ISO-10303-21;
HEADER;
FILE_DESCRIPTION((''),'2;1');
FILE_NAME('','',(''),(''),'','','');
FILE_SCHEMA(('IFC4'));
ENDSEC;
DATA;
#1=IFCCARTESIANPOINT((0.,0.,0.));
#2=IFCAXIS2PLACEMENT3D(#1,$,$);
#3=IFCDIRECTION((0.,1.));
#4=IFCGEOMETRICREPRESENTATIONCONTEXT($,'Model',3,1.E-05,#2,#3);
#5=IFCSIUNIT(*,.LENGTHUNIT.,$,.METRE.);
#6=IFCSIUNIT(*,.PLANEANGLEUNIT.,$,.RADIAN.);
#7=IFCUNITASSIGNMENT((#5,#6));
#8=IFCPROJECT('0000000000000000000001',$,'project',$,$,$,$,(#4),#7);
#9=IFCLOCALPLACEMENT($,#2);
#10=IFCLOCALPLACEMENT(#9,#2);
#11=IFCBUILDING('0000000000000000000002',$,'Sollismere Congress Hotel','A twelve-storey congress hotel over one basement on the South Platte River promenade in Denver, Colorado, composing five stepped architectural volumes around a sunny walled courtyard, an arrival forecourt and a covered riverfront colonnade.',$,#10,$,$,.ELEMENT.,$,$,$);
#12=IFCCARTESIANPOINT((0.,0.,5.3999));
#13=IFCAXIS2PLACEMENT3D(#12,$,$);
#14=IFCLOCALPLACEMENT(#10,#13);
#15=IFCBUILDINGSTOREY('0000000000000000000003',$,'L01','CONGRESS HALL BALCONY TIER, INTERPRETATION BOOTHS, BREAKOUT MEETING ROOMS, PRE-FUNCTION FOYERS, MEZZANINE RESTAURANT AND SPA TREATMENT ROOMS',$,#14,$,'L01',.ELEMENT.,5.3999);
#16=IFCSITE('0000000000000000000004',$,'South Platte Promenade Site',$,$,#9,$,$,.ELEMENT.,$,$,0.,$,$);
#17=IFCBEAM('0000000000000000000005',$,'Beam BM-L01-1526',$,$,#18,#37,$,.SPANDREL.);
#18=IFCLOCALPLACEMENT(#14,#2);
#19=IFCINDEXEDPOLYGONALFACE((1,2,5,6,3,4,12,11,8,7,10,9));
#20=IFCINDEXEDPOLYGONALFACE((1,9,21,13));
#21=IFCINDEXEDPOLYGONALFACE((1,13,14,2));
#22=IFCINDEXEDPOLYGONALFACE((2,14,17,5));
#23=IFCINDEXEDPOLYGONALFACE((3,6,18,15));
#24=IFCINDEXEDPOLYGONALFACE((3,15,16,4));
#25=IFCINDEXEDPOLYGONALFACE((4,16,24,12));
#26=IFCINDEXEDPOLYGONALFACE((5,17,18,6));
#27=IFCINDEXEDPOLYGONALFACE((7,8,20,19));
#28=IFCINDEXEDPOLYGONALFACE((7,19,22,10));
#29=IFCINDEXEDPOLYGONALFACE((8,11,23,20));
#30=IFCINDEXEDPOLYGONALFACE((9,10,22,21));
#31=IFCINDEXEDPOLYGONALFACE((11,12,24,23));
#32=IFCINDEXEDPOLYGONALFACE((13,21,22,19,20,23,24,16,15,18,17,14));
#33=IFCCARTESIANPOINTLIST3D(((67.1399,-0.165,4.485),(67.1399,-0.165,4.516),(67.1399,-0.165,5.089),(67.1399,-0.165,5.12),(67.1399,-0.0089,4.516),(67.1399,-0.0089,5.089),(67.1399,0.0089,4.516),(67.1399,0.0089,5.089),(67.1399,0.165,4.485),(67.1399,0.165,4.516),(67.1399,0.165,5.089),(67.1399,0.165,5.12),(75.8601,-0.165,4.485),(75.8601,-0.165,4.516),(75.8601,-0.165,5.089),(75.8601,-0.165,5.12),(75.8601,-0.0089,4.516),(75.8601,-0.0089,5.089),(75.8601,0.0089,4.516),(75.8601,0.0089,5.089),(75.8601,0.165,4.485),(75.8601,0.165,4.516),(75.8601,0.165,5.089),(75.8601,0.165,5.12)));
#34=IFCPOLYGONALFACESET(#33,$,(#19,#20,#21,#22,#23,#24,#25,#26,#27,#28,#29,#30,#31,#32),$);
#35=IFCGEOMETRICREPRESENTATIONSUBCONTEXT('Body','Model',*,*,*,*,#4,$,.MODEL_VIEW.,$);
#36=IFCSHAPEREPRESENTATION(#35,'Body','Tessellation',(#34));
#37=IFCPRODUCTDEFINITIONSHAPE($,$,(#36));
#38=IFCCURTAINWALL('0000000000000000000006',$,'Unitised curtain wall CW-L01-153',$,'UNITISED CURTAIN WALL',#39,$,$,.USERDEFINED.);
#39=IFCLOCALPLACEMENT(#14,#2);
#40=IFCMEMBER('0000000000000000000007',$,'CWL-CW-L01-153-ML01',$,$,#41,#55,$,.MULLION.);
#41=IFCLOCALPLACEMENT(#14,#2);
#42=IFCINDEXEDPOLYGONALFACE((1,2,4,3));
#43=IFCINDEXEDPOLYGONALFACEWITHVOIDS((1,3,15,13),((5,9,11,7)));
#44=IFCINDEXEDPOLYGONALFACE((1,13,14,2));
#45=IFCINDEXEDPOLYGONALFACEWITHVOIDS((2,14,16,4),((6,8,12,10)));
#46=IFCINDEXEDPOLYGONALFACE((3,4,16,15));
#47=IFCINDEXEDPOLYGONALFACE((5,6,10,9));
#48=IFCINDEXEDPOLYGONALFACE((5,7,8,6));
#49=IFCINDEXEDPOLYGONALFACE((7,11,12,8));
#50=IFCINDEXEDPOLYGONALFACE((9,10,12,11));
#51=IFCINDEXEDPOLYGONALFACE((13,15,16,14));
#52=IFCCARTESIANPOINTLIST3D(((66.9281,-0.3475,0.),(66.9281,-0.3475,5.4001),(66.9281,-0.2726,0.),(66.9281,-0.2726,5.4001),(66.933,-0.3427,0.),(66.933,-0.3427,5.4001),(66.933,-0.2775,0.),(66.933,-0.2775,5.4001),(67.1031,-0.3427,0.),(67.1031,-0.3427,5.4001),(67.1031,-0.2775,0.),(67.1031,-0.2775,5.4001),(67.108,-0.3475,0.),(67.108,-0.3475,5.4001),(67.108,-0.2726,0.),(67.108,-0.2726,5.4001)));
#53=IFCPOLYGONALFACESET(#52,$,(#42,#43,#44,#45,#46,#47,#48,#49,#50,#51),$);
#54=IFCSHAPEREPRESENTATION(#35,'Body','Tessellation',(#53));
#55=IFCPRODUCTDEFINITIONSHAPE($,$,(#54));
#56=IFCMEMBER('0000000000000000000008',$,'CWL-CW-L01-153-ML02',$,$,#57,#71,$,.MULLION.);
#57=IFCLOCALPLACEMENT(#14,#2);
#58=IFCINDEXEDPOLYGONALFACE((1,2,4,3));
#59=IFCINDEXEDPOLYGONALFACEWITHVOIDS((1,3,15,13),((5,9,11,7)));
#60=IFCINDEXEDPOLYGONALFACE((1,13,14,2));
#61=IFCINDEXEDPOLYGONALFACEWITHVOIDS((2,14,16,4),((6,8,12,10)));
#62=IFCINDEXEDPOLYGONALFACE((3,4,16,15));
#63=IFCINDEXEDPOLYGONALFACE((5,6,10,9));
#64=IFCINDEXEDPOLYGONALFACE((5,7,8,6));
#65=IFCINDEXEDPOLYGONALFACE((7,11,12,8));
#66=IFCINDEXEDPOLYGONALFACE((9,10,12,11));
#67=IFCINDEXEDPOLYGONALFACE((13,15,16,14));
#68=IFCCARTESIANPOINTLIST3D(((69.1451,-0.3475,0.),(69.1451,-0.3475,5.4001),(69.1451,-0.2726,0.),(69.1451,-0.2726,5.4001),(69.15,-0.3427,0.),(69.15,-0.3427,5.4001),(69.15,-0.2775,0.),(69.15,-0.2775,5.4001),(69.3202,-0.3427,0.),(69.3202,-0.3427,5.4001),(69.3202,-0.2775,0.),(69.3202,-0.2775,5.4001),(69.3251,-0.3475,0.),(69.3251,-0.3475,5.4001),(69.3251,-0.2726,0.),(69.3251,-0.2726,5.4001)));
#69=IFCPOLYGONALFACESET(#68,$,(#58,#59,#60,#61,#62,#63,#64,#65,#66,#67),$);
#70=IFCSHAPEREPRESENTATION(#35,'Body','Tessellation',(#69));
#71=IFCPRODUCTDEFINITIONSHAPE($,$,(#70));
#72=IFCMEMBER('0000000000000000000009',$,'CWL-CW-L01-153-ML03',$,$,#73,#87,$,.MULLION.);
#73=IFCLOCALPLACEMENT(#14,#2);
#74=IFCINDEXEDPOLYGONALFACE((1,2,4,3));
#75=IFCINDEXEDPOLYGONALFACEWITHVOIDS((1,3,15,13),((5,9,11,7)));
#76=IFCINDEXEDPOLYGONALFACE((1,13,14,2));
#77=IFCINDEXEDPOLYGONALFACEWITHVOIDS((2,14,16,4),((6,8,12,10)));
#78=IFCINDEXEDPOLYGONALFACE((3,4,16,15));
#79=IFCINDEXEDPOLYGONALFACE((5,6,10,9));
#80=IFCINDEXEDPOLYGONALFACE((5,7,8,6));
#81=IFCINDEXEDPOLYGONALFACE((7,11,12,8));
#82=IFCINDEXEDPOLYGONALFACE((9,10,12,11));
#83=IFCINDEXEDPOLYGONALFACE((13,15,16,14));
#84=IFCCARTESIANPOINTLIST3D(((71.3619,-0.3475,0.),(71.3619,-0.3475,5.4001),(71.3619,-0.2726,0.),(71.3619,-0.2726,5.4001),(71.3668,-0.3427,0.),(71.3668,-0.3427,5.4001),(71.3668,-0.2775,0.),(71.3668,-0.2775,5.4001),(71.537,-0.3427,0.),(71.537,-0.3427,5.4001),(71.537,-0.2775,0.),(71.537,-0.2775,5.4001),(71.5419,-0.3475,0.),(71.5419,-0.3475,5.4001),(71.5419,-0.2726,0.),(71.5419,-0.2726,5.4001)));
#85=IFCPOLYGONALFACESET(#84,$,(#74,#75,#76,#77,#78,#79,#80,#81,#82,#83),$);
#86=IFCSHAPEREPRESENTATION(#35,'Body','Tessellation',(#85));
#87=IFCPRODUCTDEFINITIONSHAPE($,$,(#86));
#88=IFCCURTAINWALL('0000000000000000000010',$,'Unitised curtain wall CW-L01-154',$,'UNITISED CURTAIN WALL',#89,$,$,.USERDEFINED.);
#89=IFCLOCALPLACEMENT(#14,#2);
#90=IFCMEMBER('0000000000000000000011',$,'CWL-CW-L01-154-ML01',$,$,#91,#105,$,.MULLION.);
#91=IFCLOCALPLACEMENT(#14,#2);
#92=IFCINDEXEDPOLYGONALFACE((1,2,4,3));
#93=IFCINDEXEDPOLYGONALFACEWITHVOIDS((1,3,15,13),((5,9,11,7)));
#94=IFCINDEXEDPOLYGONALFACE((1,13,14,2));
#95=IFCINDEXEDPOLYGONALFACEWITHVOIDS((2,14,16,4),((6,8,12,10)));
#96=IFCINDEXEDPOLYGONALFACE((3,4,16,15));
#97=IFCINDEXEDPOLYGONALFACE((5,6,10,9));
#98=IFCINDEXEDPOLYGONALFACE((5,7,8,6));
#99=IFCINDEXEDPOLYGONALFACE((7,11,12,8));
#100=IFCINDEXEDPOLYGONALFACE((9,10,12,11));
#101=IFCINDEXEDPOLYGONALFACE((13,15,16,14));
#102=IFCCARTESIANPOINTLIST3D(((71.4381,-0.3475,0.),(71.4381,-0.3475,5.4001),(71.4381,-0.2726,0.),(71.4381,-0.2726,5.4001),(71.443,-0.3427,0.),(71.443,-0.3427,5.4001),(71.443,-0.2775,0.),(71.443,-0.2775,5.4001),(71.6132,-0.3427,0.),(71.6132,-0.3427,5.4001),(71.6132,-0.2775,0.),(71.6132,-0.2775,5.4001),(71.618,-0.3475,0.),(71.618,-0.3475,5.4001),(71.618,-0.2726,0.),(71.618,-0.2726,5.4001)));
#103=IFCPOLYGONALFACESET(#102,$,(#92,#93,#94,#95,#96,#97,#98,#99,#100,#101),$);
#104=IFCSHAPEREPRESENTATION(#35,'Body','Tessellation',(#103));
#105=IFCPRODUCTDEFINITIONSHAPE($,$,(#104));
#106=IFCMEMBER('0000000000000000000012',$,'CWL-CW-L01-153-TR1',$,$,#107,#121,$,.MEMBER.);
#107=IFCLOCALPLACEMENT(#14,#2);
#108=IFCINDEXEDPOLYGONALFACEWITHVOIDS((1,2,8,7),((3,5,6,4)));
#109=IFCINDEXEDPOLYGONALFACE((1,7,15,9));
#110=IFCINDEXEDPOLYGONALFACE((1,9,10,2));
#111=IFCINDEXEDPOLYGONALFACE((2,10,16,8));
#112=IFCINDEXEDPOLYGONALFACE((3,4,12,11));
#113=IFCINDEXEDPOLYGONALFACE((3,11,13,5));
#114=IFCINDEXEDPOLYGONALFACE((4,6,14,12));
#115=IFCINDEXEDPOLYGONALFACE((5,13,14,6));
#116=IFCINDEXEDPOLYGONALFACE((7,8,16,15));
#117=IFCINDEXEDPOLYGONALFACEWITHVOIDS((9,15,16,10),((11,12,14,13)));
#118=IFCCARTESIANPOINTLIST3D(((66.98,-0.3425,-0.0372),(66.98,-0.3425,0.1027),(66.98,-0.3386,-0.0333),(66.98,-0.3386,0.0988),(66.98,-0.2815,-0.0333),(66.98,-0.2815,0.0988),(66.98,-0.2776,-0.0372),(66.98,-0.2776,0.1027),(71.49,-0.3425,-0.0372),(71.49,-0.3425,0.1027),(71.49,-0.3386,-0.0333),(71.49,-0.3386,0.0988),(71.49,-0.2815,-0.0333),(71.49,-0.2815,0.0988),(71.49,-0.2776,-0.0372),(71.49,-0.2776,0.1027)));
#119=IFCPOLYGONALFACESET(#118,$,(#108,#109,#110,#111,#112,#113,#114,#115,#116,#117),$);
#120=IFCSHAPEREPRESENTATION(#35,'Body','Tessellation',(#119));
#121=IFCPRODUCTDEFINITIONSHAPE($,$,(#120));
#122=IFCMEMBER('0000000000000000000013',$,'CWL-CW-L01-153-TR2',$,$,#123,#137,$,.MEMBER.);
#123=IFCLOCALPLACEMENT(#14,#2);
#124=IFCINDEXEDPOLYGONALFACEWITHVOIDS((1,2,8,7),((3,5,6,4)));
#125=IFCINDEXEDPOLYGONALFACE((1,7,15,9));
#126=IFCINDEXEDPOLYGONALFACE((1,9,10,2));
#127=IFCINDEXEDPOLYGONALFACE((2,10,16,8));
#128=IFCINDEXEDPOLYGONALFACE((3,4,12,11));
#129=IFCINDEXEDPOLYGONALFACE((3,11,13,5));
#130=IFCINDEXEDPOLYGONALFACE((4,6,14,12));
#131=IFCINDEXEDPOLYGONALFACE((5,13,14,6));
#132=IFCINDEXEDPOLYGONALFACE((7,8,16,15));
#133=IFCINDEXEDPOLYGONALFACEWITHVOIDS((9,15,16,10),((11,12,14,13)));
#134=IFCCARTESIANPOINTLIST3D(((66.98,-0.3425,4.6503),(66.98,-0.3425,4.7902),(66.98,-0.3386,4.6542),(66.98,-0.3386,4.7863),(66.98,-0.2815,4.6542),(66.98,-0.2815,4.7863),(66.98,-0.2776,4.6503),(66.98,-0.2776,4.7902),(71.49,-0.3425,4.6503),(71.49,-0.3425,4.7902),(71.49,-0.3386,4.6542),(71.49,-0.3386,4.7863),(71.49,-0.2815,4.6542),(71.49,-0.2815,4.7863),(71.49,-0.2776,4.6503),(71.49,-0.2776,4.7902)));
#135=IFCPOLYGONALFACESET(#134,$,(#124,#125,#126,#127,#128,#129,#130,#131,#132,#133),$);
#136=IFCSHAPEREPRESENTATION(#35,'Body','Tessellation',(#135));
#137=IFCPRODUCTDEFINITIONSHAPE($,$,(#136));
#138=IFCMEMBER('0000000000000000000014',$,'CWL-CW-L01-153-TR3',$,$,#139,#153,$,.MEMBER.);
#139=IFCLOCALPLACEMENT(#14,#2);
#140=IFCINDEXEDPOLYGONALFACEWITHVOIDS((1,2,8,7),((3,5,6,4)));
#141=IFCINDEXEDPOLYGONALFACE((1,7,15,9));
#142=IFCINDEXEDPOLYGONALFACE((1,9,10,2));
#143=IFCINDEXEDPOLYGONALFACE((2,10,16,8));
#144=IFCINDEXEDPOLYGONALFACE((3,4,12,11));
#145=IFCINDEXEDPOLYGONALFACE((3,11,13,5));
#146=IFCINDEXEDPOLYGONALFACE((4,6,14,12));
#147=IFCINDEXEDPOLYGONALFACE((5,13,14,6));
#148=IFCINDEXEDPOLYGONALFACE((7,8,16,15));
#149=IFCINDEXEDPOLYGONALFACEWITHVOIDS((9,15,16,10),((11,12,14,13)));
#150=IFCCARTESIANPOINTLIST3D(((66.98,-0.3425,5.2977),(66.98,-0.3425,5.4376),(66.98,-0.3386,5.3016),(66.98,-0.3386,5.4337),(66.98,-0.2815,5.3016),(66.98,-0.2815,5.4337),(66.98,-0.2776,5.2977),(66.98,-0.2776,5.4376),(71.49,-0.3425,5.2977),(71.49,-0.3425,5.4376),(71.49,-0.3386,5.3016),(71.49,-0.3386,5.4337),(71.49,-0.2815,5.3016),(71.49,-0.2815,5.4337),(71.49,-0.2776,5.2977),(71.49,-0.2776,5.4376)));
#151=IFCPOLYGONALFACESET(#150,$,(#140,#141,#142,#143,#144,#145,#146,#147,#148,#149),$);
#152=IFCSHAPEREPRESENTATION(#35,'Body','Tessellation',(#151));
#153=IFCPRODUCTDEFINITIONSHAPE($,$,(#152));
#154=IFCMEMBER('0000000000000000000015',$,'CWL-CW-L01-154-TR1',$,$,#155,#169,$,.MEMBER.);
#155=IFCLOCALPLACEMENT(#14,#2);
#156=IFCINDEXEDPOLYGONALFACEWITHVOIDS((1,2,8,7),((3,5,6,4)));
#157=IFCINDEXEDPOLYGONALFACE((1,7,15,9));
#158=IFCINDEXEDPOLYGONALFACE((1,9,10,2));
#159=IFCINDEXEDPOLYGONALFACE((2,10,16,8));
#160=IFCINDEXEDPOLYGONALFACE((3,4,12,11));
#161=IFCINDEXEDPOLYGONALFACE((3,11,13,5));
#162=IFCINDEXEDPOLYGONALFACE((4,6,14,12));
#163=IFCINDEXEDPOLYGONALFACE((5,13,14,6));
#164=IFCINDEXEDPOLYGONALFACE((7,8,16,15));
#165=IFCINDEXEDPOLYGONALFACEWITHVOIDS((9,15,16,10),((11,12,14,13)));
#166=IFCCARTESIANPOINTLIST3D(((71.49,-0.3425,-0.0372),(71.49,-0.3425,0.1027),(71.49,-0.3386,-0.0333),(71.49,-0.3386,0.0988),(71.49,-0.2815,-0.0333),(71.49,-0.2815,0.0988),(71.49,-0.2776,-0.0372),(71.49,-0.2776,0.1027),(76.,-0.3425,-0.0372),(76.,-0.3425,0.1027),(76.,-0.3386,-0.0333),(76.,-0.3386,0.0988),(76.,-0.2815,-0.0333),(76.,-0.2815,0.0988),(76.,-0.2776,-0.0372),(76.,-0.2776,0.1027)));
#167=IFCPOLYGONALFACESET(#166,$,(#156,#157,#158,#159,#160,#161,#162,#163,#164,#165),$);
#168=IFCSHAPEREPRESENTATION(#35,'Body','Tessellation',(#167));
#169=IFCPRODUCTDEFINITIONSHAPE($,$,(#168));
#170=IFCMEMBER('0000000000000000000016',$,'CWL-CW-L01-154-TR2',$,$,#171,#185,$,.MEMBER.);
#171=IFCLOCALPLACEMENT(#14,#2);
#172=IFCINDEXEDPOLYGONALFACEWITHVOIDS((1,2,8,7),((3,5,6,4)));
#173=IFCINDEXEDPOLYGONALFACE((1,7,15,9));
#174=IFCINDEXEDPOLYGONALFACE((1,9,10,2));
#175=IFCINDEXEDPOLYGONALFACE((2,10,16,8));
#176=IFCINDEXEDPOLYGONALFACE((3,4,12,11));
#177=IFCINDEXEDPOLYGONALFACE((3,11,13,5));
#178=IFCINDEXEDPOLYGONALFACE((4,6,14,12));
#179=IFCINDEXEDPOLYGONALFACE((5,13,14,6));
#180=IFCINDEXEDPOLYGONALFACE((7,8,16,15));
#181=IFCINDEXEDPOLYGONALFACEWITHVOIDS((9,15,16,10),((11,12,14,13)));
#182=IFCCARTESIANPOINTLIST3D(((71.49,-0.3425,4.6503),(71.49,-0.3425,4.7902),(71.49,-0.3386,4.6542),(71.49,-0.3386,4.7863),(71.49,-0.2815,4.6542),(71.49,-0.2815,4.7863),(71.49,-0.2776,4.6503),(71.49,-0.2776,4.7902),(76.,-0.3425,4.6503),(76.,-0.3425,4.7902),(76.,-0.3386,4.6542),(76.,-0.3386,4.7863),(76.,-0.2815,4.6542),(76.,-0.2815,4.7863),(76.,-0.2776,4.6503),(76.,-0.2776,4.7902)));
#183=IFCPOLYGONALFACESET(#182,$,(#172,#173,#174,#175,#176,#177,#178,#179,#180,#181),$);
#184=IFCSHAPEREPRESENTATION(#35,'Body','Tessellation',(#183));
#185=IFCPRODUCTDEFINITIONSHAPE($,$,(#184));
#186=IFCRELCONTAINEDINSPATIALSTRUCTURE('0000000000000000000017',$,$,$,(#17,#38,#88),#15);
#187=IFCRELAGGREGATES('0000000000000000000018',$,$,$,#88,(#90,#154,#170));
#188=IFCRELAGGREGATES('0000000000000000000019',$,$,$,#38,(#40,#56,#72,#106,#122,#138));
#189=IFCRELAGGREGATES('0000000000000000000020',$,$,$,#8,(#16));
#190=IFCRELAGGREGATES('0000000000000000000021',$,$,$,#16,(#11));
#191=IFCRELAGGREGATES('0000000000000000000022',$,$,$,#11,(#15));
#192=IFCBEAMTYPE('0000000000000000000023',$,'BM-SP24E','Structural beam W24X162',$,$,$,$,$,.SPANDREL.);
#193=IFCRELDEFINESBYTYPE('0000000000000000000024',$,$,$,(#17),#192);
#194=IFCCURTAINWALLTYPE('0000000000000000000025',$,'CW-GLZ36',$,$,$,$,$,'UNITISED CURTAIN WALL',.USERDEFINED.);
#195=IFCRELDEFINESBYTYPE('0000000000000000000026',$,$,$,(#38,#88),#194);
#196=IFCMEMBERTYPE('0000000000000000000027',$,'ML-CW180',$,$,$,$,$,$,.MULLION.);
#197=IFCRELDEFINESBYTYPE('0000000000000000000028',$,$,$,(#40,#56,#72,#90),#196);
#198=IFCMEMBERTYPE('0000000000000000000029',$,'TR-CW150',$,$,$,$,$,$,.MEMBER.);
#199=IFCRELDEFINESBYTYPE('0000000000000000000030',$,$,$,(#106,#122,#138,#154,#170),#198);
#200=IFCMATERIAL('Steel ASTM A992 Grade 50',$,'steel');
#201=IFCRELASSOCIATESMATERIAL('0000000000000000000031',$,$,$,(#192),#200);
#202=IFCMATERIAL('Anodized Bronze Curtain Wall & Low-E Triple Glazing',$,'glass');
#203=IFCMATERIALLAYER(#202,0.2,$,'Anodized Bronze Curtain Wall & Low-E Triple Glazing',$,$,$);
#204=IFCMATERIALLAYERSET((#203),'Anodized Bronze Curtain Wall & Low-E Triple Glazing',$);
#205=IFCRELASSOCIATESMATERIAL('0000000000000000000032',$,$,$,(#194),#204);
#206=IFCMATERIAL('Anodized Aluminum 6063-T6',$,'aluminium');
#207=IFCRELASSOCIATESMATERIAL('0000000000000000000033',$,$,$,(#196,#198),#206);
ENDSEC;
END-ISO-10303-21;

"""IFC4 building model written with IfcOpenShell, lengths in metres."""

from ifc_helpers import new_model, si_unit, direction, frame, origin, origin_2d, place, context, subcontext, project, spatial, hollow_rectangle, i_section, extrude, material, layer, layer_set, material_profile, profile_set, type_object, element, aggregate, save


model = new_model("IFC4")

# Units and contexts
model_context = context("Model", 3, precision=1e-05, world=origin(), true_north=direction((0.0, 1.0)))
body_context = subcontext(model_context, "Body", "Model", "MODEL_VIEW")
ifc_project = project(units=[si_unit("LENGTHUNIT", "METRE"), si_unit("PLANEANGLEUNIT", "RADIAN")], contexts=[model_context])

# Site, building, storey
site_placement = place(None, origin())
site = spatial("IfcSite", under=ifc_project, at=site_placement, Name="South Platte Promenade Site", CompositionType="ELEMENT", RefElevation=0.0)
building_placement = place(site_placement, origin())
building = spatial("IfcBuilding", under=site, at=building_placement, Name="Sollismere Congress Hotel", Description="A twelve-storey congress hotel over one basement on the South Platte River promenade in Denver, Colorado, composing five stepped architectural volumes around a sunny walled courtyard, an arrival forecourt and a covered riverfront colonnade.", CompositionType="ELEMENT")
storey_placement = place(building_placement, frame((0.0, 0.0, 5.3999)))
storey = spatial("IfcBuildingStorey", under=building, at=storey_placement, Name="L01", Description="CONGRESS HALL BALCONY TIER, INTERPRETATION BOOTHS, BREAKOUT MEETING ROOMS, PRE-FUNCTION FOYERS, MEZZANINE RESTAURANT AND SPA TREATMENT ROOMS", LongName="L01", CompositionType="ELEMENT", Elevation=5.3999)

# Shared definitions
ifc_material_1 = material(Name="Steel ASTM A992 Grade 50", Category="steel")

# Beam
ifc_material_profile_1 = material_profile(ifc_material_1, i_section(OverallWidth=0.3301, OverallDepth=0.635, WebThickness=0.0178, FlangeThickness=0.031, at=origin_2d()), Name="W24X162")
ifc_profile_set_1 = profile_set([ifc_material_profile_1], Name="Steel ASTM A992 Grade 50")
beam_type_1 = type_object("IfcBeamType", Name="BM-SP24E", Description="Structural beam W24X162", PredefinedType="SPANDREL", material=ifc_profile_set_1)
beam_1_placement = place(storey_placement, frame((67.1399, 0.0, 4.8025), z_axis=(1.0, 0.0, 0.0), x_axis=(0.0, 1.0, 0.0)))
element("IfcBeam", 1, at=beam_1_placement, inside=storey, type_object=beam_type_1, Name="Beam BM-L01-1526", PredefinedType="SPANDREL", context=body_context, shape_type="SweptSolid", body=[
    extrude(i_section(OverallWidth=0.3301, OverallDepth=0.635, WebThickness=0.0178, FlangeThickness=0.031, at=origin_2d()), origin(), (0.0, 0.0, 1.0), 8.7202),
])

# Curtain wall, members
ifc_material_2 = material(Name="Anodized Bronze Curtain Wall & Low-E Triple Glazing", Category="glass")
ifc_layer_1 = layer(ifc_material_2, 0.2, Name="Anodized Bronze Curtain Wall & Low-E Triple Glazing")
ifc_layer_set_1 = layer_set([ifc_layer_1], Name="Anodized Bronze Curtain Wall & Low-E Triple Glazing")
curtain_wall_type = type_object("IfcCurtainWallType", Name="CW-GLZ36", ElementType="UNITISED CURTAIN WALL", PredefinedType="USERDEFINED", material=ifc_layer_set_1)
curtain_wall_1_placement = place(storey_placement, origin())
curtain_wall_1 = element("IfcCurtainWall", 2, at=curtain_wall_1_placement, inside=storey, type_object=curtain_wall_type, Name="Unitised curtain wall CW-L01-153", ObjectType="UNITISED CURTAIN WALL", PredefinedType="USERDEFINED")
ifc_material_3 = material(Name="Anodized Aluminum 6063-T6", Category="aluminium")
ifc_material_profile_2 = material_profile(ifc_material_3, hollow_rectangle(XDim=0.075, YDim=0.1799, WallThickness=0.0049, at=origin_2d()), Name="ALU180X75X5")
ifc_profile_set_2 = profile_set([ifc_material_profile_2], Name="Anodized Aluminum 6063-T6")
member_type_1 = type_object("IfcMemberType", Name="ML-CW180", PredefinedType="MULLION", material=ifc_profile_set_2)
member_1_placement = place(storey_placement, frame((67.0181, -0.3101, 0.0), z_axis=(0.0, 0.0, 1.0), x_axis=(0.0, 1.0, 0.0)))
member_1 = element("IfcMember", 3, at=member_1_placement, type_object=member_type_1, Name="CWL-CW-L01-153-ML01", PredefinedType="MULLION", context=body_context, shape_type="SweptSolid", body=[
    extrude(hollow_rectangle(XDim=0.075, YDim=0.1799, WallThickness=0.0049, at=origin_2d()), origin(), (0.0, 0.0, 1.0), 5.4001),
])
member_2_placement = place(storey_placement, frame((69.2351, -0.3101, 0.0), z_axis=(0.0, 0.0, 1.0), x_axis=(0.0, 1.0, 0.0)))
member_2 = element("IfcMember", 4, at=member_2_placement, type_object=member_type_1, Name="CWL-CW-L01-153-ML02", PredefinedType="MULLION", context=body_context, shape_type="SweptSolid", body=[
    extrude(hollow_rectangle(XDim=0.075, YDim=0.1799, WallThickness=0.0049, at=origin_2d()), origin(), (0.0, 0.0, 1.0), 5.4001),
])
member_3_placement = place(storey_placement, frame((71.4519, -0.3101, 0.0), z_axis=(0.0, 0.0, 1.0), x_axis=(0.0, 1.0, 0.0)))
member_3 = element("IfcMember", 5, at=member_3_placement, type_object=member_type_1, Name="CWL-CW-L01-153-ML03", PredefinedType="MULLION", context=body_context, shape_type="SweptSolid", body=[
    extrude(hollow_rectangle(XDim=0.075, YDim=0.1799, WallThickness=0.0049, at=origin_2d()), origin(), (0.0, 0.0, 1.0), 5.4001),
])

# Curtain wall, member
curtain_wall_2_placement = place(storey_placement, origin())
curtain_wall_2 = element("IfcCurtainWall", 6, at=curtain_wall_2_placement, inside=storey, type_object=curtain_wall_type, Name="Unitised curtain wall CW-L01-154", ObjectType="UNITISED CURTAIN WALL", PredefinedType="USERDEFINED")
member_4_placement = place(storey_placement, frame((71.5281, -0.3101, 0.0), z_axis=(0.0, 0.0, 1.0), x_axis=(0.0, 1.0, 0.0)))
member_4 = element("IfcMember", 7, at=member_4_placement, type_object=member_type_1, Name="CWL-CW-L01-154-ML01", PredefinedType="MULLION", context=body_context, shape_type="SweptSolid", body=[
    extrude(hollow_rectangle(XDim=0.075, YDim=0.1799, WallThickness=0.0049, at=origin_2d()), origin(), (0.0, 0.0, 1.0), 5.4001),
])

# Members
ifc_material_profile_3 = material_profile(ifc_material_3, hollow_rectangle(XDim=0.0649, YDim=0.1399, WallThickness=0.0039, at=origin_2d()), Name="ALU140X65X4")
ifc_profile_set_3 = profile_set([ifc_material_profile_3], Name="Anodized Aluminum 6063-T6")
member_type_2 = type_object("IfcMemberType", Name="TR-CW150", PredefinedType="MEMBER", material=ifc_profile_set_3)
member_5_placement = place(storey_placement, frame((66.98, -0.3101, 0.0327), z_axis=(1.0, 0.0, 0.0), x_axis=(0.0, 1.0, 0.0)))
member_5 = element("IfcMember", 8, at=member_5_placement, type_object=member_type_2, Name="CWL-CW-L01-153-TR1", PredefinedType="MEMBER", context=body_context, shape_type="SweptSolid", body=[
    extrude(hollow_rectangle(XDim=0.0649, YDim=0.1399, WallThickness=0.0039, at=origin_2d()), origin(), (0.0, 0.0, 1.0), 4.51),
])
member_6_placement = place(storey_placement, frame((66.98, -0.3101, 4.7202), z_axis=(1.0, 0.0, 0.0), x_axis=(0.0, 1.0, 0.0)))
member_6 = element("IfcMember", 9, at=member_6_placement, type_object=member_type_2, Name="CWL-CW-L01-153-TR2", PredefinedType="MEMBER", context=body_context, shape_type="SweptSolid", body=[
    extrude(hollow_rectangle(XDim=0.0649, YDim=0.1399, WallThickness=0.0039, at=origin_2d()), origin(), (0.0, 0.0, 1.0), 4.51),
])
member_7_placement = place(storey_placement, frame((66.98, -0.3101, 5.3677), z_axis=(1.0, 0.0, 0.0), x_axis=(0.0, 1.0, 0.0)))
member_7 = element("IfcMember", 10, at=member_7_placement, type_object=member_type_2, Name="CWL-CW-L01-153-TR3", PredefinedType="MEMBER", context=body_context, shape_type="SweptSolid", body=[
    extrude(hollow_rectangle(XDim=0.0649, YDim=0.1399, WallThickness=0.0039, at=origin_2d()), origin(), (0.0, 0.0, 1.0), 4.51),
])
member_8_placement = place(storey_placement, frame((71.49, -0.3101, 0.0327), z_axis=(1.0, 0.0, 0.0), x_axis=(0.0, 1.0, 0.0)))
member_8 = element("IfcMember", 11, at=member_8_placement, type_object=member_type_2, Name="CWL-CW-L01-154-TR1", PredefinedType="MEMBER", context=body_context, shape_type="SweptSolid", body=[
    extrude(hollow_rectangle(XDim=0.0649, YDim=0.1399, WallThickness=0.0039, at=origin_2d()), origin(), (0.0, 0.0, 1.0), 4.51),
])
member_9_placement = place(storey_placement, frame((71.49, -0.3101, 4.7202), z_axis=(1.0, 0.0, 0.0), x_axis=(0.0, 1.0, 0.0)))
member_9 = element("IfcMember", 12, at=member_9_placement, type_object=member_type_2, Name="CWL-CW-L01-154-TR2", PredefinedType="MEMBER", context=body_context, shape_type="SweptSolid", body=[
    extrude(hollow_rectangle(XDim=0.0649, YDim=0.1399, WallThickness=0.0039, at=origin_2d()), origin(), (0.0, 0.0, 1.0), 4.51),
])

aggregate(curtain_wall_2, [member_4, member_8, member_9])
aggregate(curtain_wall_1, [member_1, member_2, member_3, member_5, member_6, member_7])

save(model, "model.ifc")
